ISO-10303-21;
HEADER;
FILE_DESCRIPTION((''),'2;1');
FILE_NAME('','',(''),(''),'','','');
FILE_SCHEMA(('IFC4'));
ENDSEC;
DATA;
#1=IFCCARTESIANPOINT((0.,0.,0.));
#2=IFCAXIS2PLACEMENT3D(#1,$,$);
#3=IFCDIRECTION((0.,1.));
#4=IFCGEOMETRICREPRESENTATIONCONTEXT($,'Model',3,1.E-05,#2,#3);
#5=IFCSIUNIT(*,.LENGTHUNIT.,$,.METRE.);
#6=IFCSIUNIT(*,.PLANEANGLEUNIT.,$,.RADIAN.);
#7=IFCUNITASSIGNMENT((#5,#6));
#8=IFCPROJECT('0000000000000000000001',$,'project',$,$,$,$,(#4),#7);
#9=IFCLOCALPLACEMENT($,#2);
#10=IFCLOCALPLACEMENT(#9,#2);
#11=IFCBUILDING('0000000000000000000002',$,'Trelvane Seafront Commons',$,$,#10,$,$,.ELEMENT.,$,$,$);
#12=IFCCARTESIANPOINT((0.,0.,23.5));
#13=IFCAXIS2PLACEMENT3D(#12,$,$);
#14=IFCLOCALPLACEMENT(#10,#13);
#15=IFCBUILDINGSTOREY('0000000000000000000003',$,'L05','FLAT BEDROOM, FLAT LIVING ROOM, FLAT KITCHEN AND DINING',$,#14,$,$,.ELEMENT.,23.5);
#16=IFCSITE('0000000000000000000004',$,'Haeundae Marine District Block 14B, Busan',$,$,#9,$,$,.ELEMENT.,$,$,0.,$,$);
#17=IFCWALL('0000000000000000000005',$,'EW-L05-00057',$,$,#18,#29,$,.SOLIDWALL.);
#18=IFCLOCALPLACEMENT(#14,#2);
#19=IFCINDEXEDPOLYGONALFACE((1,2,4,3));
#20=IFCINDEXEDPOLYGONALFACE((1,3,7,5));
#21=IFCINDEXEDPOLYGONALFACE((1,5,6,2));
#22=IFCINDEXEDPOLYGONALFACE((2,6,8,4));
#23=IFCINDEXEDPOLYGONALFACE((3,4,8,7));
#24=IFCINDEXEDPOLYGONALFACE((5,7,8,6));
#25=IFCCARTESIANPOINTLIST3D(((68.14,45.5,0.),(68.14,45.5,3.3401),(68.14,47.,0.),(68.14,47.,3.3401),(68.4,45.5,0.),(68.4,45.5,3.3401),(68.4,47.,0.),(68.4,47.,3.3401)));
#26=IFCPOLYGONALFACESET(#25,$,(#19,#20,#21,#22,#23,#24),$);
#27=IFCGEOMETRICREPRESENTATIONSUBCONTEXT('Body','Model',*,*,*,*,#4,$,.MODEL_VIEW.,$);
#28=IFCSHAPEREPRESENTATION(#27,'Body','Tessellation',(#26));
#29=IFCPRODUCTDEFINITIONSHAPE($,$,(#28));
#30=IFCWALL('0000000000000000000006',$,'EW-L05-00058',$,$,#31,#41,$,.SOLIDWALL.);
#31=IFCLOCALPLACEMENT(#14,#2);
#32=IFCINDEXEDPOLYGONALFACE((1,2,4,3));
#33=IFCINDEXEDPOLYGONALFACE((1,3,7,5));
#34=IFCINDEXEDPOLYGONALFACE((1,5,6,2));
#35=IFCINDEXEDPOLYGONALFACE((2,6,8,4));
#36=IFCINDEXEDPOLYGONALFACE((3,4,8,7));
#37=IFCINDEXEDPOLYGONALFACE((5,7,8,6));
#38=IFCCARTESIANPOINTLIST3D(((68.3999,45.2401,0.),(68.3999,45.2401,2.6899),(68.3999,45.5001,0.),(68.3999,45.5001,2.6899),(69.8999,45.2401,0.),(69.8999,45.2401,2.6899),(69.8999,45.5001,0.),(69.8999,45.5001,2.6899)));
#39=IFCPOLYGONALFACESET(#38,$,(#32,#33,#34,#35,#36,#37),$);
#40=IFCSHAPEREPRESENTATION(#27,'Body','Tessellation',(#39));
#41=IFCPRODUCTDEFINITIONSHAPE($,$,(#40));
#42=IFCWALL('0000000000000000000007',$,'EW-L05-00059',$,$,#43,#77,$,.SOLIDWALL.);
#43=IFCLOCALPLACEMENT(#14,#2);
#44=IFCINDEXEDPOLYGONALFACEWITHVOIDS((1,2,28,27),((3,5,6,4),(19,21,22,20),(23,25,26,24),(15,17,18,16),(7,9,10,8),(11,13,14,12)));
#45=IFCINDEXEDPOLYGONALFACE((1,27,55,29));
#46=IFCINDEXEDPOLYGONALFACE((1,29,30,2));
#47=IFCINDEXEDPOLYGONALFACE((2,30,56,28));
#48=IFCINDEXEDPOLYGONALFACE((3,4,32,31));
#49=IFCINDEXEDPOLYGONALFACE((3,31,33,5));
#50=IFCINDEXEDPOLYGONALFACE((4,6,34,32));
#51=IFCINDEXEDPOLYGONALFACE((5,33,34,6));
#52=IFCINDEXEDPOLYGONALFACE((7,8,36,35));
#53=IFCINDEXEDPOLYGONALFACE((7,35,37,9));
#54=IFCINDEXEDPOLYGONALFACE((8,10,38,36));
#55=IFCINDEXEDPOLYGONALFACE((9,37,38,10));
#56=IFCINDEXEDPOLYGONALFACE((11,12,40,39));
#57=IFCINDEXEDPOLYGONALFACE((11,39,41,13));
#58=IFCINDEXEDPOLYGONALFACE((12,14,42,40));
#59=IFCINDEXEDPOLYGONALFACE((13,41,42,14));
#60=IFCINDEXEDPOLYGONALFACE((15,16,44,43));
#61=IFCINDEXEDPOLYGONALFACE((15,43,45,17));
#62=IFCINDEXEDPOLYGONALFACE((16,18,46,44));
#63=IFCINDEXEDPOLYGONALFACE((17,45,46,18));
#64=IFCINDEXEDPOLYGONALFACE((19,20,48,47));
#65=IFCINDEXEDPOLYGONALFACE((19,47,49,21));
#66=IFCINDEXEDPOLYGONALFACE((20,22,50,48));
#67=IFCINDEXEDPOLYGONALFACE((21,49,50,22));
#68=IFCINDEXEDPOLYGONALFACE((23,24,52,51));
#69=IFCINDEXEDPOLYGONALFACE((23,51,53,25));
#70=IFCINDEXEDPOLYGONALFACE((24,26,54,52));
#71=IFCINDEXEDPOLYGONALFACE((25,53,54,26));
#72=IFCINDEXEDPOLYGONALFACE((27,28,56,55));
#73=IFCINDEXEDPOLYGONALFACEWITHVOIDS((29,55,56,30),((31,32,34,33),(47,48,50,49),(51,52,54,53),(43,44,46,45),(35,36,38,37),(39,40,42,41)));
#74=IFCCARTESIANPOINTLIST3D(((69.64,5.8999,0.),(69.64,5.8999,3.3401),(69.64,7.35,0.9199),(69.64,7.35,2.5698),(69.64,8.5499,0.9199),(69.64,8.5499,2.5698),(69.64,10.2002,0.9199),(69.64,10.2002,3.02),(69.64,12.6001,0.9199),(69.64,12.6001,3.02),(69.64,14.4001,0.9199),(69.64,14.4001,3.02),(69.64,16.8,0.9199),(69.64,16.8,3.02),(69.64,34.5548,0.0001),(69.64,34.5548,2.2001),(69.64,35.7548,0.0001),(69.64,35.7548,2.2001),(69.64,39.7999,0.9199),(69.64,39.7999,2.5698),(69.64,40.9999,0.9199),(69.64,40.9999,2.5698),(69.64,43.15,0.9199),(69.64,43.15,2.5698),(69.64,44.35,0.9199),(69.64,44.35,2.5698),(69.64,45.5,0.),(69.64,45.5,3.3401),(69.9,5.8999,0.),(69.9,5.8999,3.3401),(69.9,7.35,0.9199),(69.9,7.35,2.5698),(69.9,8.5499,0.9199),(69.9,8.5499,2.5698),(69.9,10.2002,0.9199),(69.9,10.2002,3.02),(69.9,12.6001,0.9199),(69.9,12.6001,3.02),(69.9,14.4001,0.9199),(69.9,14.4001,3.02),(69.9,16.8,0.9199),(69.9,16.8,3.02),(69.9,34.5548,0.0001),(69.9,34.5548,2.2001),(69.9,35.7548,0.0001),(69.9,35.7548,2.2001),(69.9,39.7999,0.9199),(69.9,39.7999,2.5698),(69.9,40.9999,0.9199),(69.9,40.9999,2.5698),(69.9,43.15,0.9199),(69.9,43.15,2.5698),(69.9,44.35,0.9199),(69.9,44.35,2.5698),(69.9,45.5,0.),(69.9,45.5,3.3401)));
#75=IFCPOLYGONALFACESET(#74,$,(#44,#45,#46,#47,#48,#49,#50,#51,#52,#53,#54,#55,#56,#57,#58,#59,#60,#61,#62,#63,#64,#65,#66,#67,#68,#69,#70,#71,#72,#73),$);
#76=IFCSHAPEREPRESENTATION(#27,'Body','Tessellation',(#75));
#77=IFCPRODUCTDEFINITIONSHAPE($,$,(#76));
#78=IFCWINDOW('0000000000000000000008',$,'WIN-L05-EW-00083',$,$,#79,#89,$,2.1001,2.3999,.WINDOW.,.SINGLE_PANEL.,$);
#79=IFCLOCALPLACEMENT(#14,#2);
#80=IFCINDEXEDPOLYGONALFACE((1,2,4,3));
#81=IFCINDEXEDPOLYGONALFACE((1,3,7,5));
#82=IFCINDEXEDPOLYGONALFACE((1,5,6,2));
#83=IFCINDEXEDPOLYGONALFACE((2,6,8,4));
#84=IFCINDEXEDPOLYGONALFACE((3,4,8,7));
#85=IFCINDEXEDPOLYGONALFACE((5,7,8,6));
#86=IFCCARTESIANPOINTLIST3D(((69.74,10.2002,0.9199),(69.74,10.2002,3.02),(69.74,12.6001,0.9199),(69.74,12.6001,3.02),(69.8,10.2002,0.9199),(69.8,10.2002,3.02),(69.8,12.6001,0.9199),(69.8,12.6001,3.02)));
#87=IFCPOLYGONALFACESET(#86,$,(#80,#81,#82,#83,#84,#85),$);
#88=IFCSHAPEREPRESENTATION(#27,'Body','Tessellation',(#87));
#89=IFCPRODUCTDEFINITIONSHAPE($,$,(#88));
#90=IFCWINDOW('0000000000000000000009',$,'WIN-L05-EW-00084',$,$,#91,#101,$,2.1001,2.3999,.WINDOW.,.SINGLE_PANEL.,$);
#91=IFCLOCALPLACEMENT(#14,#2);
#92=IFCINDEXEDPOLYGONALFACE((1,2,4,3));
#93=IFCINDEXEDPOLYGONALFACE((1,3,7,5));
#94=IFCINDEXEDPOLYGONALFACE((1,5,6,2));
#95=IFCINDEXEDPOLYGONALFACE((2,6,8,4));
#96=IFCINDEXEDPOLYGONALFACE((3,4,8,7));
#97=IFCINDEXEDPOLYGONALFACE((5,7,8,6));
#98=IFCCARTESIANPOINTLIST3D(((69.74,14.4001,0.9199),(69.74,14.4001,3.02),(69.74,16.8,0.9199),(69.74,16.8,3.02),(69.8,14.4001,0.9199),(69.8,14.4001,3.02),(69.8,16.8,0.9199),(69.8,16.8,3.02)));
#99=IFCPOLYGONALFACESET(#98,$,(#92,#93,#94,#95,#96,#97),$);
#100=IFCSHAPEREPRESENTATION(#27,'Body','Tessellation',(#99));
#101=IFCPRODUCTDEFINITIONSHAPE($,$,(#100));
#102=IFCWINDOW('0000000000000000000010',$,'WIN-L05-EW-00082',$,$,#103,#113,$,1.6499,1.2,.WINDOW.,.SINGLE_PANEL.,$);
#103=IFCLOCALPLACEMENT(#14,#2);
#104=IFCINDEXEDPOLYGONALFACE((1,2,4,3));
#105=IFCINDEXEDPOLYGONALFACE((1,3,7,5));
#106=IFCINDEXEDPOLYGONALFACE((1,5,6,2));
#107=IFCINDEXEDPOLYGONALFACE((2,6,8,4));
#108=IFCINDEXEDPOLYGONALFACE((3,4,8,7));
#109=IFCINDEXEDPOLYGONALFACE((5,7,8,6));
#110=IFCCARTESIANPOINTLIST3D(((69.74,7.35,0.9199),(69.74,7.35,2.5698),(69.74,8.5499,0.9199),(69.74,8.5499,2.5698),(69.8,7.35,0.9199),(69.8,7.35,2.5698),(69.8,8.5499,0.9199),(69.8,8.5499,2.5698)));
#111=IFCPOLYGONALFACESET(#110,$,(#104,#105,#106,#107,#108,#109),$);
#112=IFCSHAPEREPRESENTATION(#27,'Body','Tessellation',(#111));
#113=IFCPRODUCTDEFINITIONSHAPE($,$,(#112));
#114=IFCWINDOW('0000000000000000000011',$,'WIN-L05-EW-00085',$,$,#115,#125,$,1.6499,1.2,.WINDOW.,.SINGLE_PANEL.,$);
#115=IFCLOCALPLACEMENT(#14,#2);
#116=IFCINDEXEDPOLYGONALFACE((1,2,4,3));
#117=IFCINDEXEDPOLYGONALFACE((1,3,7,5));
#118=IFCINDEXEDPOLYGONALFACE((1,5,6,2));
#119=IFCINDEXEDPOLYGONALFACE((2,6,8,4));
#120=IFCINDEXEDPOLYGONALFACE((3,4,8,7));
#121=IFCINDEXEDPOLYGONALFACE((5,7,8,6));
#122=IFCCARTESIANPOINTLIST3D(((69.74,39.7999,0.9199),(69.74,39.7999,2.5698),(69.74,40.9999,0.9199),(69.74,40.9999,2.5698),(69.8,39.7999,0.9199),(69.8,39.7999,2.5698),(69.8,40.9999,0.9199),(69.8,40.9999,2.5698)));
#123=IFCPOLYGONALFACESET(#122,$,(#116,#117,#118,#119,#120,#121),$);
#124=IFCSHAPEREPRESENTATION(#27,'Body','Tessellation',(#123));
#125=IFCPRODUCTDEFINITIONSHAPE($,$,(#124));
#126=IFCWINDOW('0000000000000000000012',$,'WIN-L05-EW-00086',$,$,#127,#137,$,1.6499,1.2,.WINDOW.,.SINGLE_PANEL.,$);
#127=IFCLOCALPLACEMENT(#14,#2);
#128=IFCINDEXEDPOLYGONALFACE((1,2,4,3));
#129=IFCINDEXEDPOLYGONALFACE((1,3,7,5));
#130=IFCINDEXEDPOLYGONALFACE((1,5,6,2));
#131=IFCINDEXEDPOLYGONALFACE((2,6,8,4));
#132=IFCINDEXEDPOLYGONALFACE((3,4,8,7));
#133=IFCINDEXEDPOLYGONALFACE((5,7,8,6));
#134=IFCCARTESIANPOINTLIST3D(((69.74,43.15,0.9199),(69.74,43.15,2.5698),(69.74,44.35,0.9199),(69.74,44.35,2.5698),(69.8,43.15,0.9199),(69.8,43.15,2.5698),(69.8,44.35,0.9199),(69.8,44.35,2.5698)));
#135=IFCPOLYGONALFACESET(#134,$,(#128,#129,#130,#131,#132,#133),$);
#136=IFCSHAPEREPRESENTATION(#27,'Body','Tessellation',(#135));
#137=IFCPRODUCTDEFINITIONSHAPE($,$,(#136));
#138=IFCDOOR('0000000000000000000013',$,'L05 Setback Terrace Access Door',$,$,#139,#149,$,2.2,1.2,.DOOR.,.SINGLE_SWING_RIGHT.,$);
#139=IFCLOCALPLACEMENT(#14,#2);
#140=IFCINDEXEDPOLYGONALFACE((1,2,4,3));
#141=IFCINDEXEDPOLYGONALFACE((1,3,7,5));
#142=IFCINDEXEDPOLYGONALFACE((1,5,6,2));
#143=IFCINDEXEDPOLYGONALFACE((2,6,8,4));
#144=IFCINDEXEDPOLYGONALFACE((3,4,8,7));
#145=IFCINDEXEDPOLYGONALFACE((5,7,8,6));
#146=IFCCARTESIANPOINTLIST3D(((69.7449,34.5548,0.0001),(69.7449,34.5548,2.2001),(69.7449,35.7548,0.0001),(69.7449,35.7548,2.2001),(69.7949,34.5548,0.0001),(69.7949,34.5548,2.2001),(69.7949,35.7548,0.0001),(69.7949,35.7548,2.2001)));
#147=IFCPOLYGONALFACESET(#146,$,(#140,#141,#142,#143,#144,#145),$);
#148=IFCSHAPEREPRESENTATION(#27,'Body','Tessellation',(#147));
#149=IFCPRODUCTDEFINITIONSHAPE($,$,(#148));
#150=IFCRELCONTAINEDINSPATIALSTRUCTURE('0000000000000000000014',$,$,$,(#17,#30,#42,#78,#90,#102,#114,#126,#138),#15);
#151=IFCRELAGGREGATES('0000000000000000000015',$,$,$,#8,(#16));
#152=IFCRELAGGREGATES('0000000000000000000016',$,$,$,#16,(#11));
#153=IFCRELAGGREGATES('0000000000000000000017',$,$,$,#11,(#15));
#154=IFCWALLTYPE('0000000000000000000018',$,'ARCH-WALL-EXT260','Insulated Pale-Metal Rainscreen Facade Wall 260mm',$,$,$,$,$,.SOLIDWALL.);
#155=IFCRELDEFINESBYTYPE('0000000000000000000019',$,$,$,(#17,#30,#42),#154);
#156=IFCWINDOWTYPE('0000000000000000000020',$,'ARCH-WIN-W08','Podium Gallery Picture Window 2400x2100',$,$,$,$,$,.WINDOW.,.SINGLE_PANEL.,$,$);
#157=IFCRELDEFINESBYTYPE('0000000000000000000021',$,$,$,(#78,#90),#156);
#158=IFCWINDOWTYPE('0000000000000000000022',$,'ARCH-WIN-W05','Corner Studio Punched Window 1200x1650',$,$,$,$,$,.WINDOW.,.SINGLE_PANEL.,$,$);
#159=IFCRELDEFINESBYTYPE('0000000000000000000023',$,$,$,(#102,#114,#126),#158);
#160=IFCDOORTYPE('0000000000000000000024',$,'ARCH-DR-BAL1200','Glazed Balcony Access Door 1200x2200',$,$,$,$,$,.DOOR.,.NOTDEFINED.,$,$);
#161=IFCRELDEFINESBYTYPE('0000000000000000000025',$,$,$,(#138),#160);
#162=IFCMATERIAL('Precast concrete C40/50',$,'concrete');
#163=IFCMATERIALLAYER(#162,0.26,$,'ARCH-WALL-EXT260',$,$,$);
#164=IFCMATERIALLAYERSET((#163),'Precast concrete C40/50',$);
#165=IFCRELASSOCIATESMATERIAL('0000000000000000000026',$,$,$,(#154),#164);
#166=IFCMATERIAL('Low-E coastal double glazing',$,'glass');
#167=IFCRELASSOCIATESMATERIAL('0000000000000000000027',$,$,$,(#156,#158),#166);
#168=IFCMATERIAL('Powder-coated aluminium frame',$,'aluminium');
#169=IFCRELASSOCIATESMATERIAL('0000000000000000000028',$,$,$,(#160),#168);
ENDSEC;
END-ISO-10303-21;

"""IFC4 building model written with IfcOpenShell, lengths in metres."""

from ifc_helpers import new_model, si_unit, direction, frame, frame_2d, origin, place, context, subcontext, project, spatial, rectangle, extrude, source, transform, mapped, material, layer, layer_set, type_object, element, fill, save


model = new_model("IFC4")

# Units and contexts
model_context = context("Model", 3, precision=1e-05, world=origin(), true_north=direction((0.0, 1.0)))
body_context = subcontext(model_context, "Body", "Model", "MODEL_VIEW")
ifc_project = project(units=[si_unit("LENGTHUNIT", "METRE"), si_unit("PLANEANGLEUNIT", "RADIAN")], contexts=[model_context])

# Site, building, storey
site_placement = place(None, origin())
site = spatial("IfcSite", under=ifc_project, at=site_placement, Name="Haeundae Marine District Block 14B, Busan", CompositionType="ELEMENT", RefElevation=0.0)
building_placement = place(site_placement, origin())
building = spatial("IfcBuilding", under=site, at=building_placement, Name="Trelvane Seafront Commons", CompositionType="ELEMENT")
storey_placement = place(building_placement, frame((0.0, 0.0, 23.5)))
storey = spatial("IfcBuildingStorey", under=building, at=storey_placement, Name="L05", Description="FLAT BEDROOM, FLAT LIVING ROOM, FLAT KITCHEN AND DINING", CompositionType="ELEMENT", Elevation=23.5)

# Walls
ifc_material_1 = material(Name="Precast concrete C40/50", Category="concrete")
ifc_layer = layer(ifc_material_1, 0.26, Name="ARCH-WALL-EXT260")
ifc_layer_set = layer_set([ifc_layer], Name="Precast concrete C40/50")
wall_type = type_object("IfcWallType", Name="ARCH-WALL-EXT260", Description="Insulated Pale-Metal Rainscreen Facade Wall 260mm", PredefinedType="SOLIDWALL", material=ifc_layer_set)
for number, where, z_axis, x_axis, name in (
    (1, (68.27, 47.0, 0.0), (0.0, 0.0, 1.0), (0.0, -1.0, 0.0), "EW-L05-00057"),
):
    element("IfcWall", number, at=place(storey_placement, frame(where, z_axis=z_axis, x_axis=x_axis)), inside=storey, type_object=wall_type, Name=name, PredefinedType="SOLIDWALL", context=body_context, shape_type="SweptSolid", body=[
        extrude(rectangle(XDim=1.5, YDim=0.26, at=frame_2d((0.75, 0.0))), origin(), (0.0, 0.0, 1.0), 3.3401),
    ])
wall_1_placement = place(storey_placement, frame((68.3999, 45.3701, 0.0), z_axis=(0.0, 0.0, 1.0), x_axis=(1.0, 0.0, 0.0)))
element("IfcWall", 2, at=wall_1_placement, inside=storey, type_object=wall_type, Name="EW-L05-00058", PredefinedType="SOLIDWALL", context=body_context, shape_type="SweptSolid", body=[
    extrude(rectangle(XDim=1.5, YDim=0.26, at=frame_2d((0.75, 0.0))), origin(), (0.0, 0.0, 1.0), 2.6899),
])

# Wall, openings, windows, door
wall_2_placement = place(storey_placement, frame((69.77, 45.5, 0.0), z_axis=(0.0, 0.0, 1.0), x_axis=(0.0, -1.0, 0.0)))
wall_2 = element("IfcWall", 3, at=wall_2_placement, inside=storey, type_object=wall_type, Name="EW-L05-00059", PredefinedType="SOLIDWALL", context=body_context, shape_type="SweptSolid", body=[
    extrude(rectangle(XDim=39.6001, YDim=0.26, at=frame_2d((19.8, 0.0))), origin(), (0.0, 0.0, 1.0), 3.3401),
])
opening_1_placement = place(wall_2_placement, frame((9.7451, 0.0, 0.0)))
opening_1 = element("IfcOpeningElement", 4, at=opening_1_placement, cuts=wall_2, PredefinedType="OPENING", context=body_context, shape_type="SweptSolid", body=[
    extrude(rectangle(XDim=1.2, YDim=2.2, at=frame_2d((0.6001, 1.1001))), frame((0.0, 0.1399, 0.0), z_axis=(0.0, -1.0, 0.0), x_axis=(1.0, 0.0, 0.0)), (0.0, 0.0, 1.0), 0.28),
])
opening_2_placement = place(wall_2_placement, frame((36.95, 0.0, 0.9199)))
opening_2 = element("IfcOpeningElement", 5, at=opening_2_placement, cuts=wall_2, PredefinedType="OPENING", context=body_context, shape_type="SweptSolid", body=[
    extrude(rectangle(XDim=1.2, YDim=1.6499, at=frame_2d((0.6001, 0.825))), frame((0.0, 0.1399, 0.0), z_axis=(0.0, -1.0, 0.0), x_axis=(1.0, 0.0, 0.0)), (0.0, 0.0, 1.0), 0.28),
])
opening_3_placement = place(wall_2_placement, frame((32.8999, 0.0, 0.9199)))
opening_3 = element("IfcOpeningElement", 6, at=opening_3_placement, cuts=wall_2, PredefinedType="OPENING", context=body_context, shape_type="SweptSolid", body=[
    extrude(rectangle(XDim=2.3999, YDim=2.1001, at=frame_2d((1.2, 1.05))), frame((0.0, 0.1399, 0.0), z_axis=(0.0, -1.0, 0.0), x_axis=(1.0, 0.0, 0.0)), (0.0, 0.0, 1.0), 0.28),
])
opening_4_placement = place(wall_2_placement, frame((28.7, 0.0, 0.9199)))
opening_4 = element("IfcOpeningElement", 7, at=opening_4_placement, cuts=wall_2, PredefinedType="OPENING", context=body_context, shape_type="SweptSolid", body=[
    extrude(rectangle(XDim=2.3999, YDim=2.1001, at=frame_2d((1.2, 1.05))), frame((0.0, 0.1399, 0.0), z_axis=(0.0, -1.0, 0.0), x_axis=(1.0, 0.0, 0.0)), (0.0, 0.0, 1.0), 0.28),
])
opening_5_placement = place(wall_2_placement, frame((4.5, 0.0, 0.9199)))
opening_5 = element("IfcOpeningElement", 8, at=opening_5_placement, cuts=wall_2, PredefinedType="OPENING", context=body_context, shape_type="SweptSolid", body=[
    extrude(rectangle(XDim=1.2, YDim=1.6499, at=frame_2d((0.6001, 0.825))), frame((0.0, 0.1399, 0.0), z_axis=(0.0, -1.0, 0.0), x_axis=(1.0, 0.0, 0.0)), (0.0, 0.0, 1.0), 0.28),
])
opening_6_placement = place(wall_2_placement, frame((1.1499, 0.0, 0.9199)))
opening_6 = element("IfcOpeningElement", 9, at=opening_6_placement, cuts=wall_2, PredefinedType="OPENING", context=body_context, shape_type="SweptSolid", body=[
    extrude(rectangle(XDim=1.2, YDim=1.6499, at=frame_2d((0.6001, 0.825))), frame((0.0, 0.1399, 0.0), z_axis=(0.0, -1.0, 0.0), x_axis=(1.0, 0.0, 0.0)), (0.0, 0.0, 1.0), 0.28),
])
ifc_material_2 = material(Name="Low-E coastal double glazing", Category="glass")
window_type_1 = type_object("IfcWindowType", Name="ARCH-WIN-W08", Description="Podium Gallery Picture Window 2400x2100", PartitioningType="SINGLE_PANEL", PredefinedType="WINDOW", material=ifc_material_2)
shared_shape_1 = source(origin(), body_context, "Body", "SweptSolid", [
    extrude(rectangle(XDim=2.3999, YDim=2.1001, at=frame_2d((1.2, 1.05))), frame((0.0, 0.03, 0.0), z_axis=(0.0, -1.0, 0.0), x_axis=(1.0, 0.0, 0.0)), (0.0, 0.0, 1.0), 0.0601),
])
window_1_placement = place(opening_3_placement, origin())
window_1 = element("IfcWindow", 10, at=window_1_placement, inside=storey, type_object=window_type_1, Name="WIN-L05-EW-00083", OverallHeight=2.1001, OverallWidth=2.3999, PartitioningType="SINGLE_PANEL", PredefinedType="WINDOW", context=body_context, shape_type="MappedRepresentation", body=[
    mapped(shared_shape_1, transform((0.0, 0.0, 0.0), x_axis=(1.0, 0.0, 0.0), y_axis=(0.0, 1.0, 0.0), z_axis=(0.0, 0.0, 1.0), scale=1.0)),
])
fill(opening_3, window_1)
window_2_placement = place(opening_4_placement, origin())
window_2 = element("IfcWindow", 11, at=window_2_placement, inside=storey, type_object=window_type_1, Name="WIN-L05-EW-00084", OverallHeight=2.1001, OverallWidth=2.3999, PartitioningType="SINGLE_PANEL", PredefinedType="WINDOW", context=body_context, shape_type="MappedRepresentation", body=[
    mapped(shared_shape_1, transform((0.0, 0.0, 0.0), x_axis=(1.0, 0.0, 0.0), y_axis=(0.0, 1.0, 0.0), z_axis=(0.0, 0.0, 1.0), scale=1.0)),
])
fill(opening_4, window_2)
window_type_2 = type_object("IfcWindowType", Name="ARCH-WIN-W05", Description="Corner Studio Punched Window 1200x1650", PartitioningType="SINGLE_PANEL", PredefinedType="WINDOW", material=ifc_material_2)
shared_shape_2 = source(origin(), body_context, "Body", "SweptSolid", [
    extrude(rectangle(XDim=1.2, YDim=1.6499, at=frame_2d((0.6001, 0.825))), frame((0.0, 0.03, 0.0), z_axis=(0.0, -1.0, 0.0), x_axis=(1.0, 0.0, 0.0)), (0.0, 0.0, 1.0), 0.0601),
])
window_3_placement = place(opening_2_placement, origin())
window_3 = element("IfcWindow", 12, at=window_3_placement, inside=storey, type_object=window_type_2, Name="WIN-L05-EW-00082", OverallHeight=1.6499, OverallWidth=1.2, PartitioningType="SINGLE_PANEL", PredefinedType="WINDOW", context=body_context, shape_type="MappedRepresentation", body=[
    mapped(shared_shape_2, transform((0.0, 0.0, 0.0), x_axis=(1.0, 0.0, 0.0), y_axis=(0.0, 1.0, 0.0), z_axis=(0.0, 0.0, 1.0), scale=1.0)),
])
fill(opening_2, window_3)
window_4_placement = place(opening_5_placement, origin())
window_4 = element("IfcWindow", 13, at=window_4_placement, inside=storey, type_object=window_type_2, Name="WIN-L05-EW-00085", OverallHeight=1.6499, OverallWidth=1.2, PartitioningType="SINGLE_PANEL", PredefinedType="WINDOW", context=body_context, shape_type="MappedRepresentation", body=[
    mapped(shared_shape_2, transform((0.0, 0.0, 0.0), x_axis=(1.0, 0.0, 0.0), y_axis=(0.0, 1.0, 0.0), z_axis=(0.0, 0.0, 1.0), scale=1.0)),
])
fill(opening_5, window_4)
window_5_placement = place(opening_6_placement, origin())
window_5 = element("IfcWindow", 14, at=window_5_placement, inside=storey, type_object=window_type_2, Name="WIN-L05-EW-00086", OverallHeight=1.6499, OverallWidth=1.2, PartitioningType="SINGLE_PANEL", PredefinedType="WINDOW", context=body_context, shape_type="MappedRepresentation", body=[
    mapped(shared_shape_2, transform((0.0, 0.0, 0.0), x_axis=(1.0, 0.0, 0.0), y_axis=(0.0, 1.0, 0.0), z_axis=(0.0, 0.0, 1.0), scale=1.0)),
])
fill(opening_6, window_5)
ifc_material_3 = material(Name="Powder-coated aluminium frame", Category="aluminium")
door_type = type_object("IfcDoorType", Name="ARCH-DR-BAL1200", Description="Glazed Balcony Access Door 1200x2200", OperationType="NOTDEFINED", PredefinedType="DOOR", material=ifc_material_3)
shared_shape_3 = source(origin(), body_context, "Body", "SweptSolid", [
    extrude(rectangle(XDim=1.2, YDim=2.2, at=frame_2d((0.6001, 1.1001))), frame((0.0, 0.0249, 0.0), z_axis=(0.0, -1.0, 0.0), x_axis=(1.0, 0.0, 0.0)), (0.0, 0.0, 1.0), 0.05),
])
door_placement = place(opening_1_placement, origin())
door = element("IfcDoor", 15, at=door_placement, inside=storey, type_object=door_type, Name="L05 Setback Terrace Access Door", OperationType="SINGLE_SWING_RIGHT", OverallHeight=2.2, OverallWidth=1.2, PredefinedType="DOOR", context=body_context, shape_type="MappedRepresentation", body=[
    mapped(shared_shape_3, transform((0.0, 0.0, 0.0), x_axis=(1.0, 0.0, 0.0), y_axis=(0.0, 1.0, 0.0), z_axis=(0.0, 0.0, 1.0), scale=1.0)),
])
fill(opening_1, door)

save(model, "model.ifc")
